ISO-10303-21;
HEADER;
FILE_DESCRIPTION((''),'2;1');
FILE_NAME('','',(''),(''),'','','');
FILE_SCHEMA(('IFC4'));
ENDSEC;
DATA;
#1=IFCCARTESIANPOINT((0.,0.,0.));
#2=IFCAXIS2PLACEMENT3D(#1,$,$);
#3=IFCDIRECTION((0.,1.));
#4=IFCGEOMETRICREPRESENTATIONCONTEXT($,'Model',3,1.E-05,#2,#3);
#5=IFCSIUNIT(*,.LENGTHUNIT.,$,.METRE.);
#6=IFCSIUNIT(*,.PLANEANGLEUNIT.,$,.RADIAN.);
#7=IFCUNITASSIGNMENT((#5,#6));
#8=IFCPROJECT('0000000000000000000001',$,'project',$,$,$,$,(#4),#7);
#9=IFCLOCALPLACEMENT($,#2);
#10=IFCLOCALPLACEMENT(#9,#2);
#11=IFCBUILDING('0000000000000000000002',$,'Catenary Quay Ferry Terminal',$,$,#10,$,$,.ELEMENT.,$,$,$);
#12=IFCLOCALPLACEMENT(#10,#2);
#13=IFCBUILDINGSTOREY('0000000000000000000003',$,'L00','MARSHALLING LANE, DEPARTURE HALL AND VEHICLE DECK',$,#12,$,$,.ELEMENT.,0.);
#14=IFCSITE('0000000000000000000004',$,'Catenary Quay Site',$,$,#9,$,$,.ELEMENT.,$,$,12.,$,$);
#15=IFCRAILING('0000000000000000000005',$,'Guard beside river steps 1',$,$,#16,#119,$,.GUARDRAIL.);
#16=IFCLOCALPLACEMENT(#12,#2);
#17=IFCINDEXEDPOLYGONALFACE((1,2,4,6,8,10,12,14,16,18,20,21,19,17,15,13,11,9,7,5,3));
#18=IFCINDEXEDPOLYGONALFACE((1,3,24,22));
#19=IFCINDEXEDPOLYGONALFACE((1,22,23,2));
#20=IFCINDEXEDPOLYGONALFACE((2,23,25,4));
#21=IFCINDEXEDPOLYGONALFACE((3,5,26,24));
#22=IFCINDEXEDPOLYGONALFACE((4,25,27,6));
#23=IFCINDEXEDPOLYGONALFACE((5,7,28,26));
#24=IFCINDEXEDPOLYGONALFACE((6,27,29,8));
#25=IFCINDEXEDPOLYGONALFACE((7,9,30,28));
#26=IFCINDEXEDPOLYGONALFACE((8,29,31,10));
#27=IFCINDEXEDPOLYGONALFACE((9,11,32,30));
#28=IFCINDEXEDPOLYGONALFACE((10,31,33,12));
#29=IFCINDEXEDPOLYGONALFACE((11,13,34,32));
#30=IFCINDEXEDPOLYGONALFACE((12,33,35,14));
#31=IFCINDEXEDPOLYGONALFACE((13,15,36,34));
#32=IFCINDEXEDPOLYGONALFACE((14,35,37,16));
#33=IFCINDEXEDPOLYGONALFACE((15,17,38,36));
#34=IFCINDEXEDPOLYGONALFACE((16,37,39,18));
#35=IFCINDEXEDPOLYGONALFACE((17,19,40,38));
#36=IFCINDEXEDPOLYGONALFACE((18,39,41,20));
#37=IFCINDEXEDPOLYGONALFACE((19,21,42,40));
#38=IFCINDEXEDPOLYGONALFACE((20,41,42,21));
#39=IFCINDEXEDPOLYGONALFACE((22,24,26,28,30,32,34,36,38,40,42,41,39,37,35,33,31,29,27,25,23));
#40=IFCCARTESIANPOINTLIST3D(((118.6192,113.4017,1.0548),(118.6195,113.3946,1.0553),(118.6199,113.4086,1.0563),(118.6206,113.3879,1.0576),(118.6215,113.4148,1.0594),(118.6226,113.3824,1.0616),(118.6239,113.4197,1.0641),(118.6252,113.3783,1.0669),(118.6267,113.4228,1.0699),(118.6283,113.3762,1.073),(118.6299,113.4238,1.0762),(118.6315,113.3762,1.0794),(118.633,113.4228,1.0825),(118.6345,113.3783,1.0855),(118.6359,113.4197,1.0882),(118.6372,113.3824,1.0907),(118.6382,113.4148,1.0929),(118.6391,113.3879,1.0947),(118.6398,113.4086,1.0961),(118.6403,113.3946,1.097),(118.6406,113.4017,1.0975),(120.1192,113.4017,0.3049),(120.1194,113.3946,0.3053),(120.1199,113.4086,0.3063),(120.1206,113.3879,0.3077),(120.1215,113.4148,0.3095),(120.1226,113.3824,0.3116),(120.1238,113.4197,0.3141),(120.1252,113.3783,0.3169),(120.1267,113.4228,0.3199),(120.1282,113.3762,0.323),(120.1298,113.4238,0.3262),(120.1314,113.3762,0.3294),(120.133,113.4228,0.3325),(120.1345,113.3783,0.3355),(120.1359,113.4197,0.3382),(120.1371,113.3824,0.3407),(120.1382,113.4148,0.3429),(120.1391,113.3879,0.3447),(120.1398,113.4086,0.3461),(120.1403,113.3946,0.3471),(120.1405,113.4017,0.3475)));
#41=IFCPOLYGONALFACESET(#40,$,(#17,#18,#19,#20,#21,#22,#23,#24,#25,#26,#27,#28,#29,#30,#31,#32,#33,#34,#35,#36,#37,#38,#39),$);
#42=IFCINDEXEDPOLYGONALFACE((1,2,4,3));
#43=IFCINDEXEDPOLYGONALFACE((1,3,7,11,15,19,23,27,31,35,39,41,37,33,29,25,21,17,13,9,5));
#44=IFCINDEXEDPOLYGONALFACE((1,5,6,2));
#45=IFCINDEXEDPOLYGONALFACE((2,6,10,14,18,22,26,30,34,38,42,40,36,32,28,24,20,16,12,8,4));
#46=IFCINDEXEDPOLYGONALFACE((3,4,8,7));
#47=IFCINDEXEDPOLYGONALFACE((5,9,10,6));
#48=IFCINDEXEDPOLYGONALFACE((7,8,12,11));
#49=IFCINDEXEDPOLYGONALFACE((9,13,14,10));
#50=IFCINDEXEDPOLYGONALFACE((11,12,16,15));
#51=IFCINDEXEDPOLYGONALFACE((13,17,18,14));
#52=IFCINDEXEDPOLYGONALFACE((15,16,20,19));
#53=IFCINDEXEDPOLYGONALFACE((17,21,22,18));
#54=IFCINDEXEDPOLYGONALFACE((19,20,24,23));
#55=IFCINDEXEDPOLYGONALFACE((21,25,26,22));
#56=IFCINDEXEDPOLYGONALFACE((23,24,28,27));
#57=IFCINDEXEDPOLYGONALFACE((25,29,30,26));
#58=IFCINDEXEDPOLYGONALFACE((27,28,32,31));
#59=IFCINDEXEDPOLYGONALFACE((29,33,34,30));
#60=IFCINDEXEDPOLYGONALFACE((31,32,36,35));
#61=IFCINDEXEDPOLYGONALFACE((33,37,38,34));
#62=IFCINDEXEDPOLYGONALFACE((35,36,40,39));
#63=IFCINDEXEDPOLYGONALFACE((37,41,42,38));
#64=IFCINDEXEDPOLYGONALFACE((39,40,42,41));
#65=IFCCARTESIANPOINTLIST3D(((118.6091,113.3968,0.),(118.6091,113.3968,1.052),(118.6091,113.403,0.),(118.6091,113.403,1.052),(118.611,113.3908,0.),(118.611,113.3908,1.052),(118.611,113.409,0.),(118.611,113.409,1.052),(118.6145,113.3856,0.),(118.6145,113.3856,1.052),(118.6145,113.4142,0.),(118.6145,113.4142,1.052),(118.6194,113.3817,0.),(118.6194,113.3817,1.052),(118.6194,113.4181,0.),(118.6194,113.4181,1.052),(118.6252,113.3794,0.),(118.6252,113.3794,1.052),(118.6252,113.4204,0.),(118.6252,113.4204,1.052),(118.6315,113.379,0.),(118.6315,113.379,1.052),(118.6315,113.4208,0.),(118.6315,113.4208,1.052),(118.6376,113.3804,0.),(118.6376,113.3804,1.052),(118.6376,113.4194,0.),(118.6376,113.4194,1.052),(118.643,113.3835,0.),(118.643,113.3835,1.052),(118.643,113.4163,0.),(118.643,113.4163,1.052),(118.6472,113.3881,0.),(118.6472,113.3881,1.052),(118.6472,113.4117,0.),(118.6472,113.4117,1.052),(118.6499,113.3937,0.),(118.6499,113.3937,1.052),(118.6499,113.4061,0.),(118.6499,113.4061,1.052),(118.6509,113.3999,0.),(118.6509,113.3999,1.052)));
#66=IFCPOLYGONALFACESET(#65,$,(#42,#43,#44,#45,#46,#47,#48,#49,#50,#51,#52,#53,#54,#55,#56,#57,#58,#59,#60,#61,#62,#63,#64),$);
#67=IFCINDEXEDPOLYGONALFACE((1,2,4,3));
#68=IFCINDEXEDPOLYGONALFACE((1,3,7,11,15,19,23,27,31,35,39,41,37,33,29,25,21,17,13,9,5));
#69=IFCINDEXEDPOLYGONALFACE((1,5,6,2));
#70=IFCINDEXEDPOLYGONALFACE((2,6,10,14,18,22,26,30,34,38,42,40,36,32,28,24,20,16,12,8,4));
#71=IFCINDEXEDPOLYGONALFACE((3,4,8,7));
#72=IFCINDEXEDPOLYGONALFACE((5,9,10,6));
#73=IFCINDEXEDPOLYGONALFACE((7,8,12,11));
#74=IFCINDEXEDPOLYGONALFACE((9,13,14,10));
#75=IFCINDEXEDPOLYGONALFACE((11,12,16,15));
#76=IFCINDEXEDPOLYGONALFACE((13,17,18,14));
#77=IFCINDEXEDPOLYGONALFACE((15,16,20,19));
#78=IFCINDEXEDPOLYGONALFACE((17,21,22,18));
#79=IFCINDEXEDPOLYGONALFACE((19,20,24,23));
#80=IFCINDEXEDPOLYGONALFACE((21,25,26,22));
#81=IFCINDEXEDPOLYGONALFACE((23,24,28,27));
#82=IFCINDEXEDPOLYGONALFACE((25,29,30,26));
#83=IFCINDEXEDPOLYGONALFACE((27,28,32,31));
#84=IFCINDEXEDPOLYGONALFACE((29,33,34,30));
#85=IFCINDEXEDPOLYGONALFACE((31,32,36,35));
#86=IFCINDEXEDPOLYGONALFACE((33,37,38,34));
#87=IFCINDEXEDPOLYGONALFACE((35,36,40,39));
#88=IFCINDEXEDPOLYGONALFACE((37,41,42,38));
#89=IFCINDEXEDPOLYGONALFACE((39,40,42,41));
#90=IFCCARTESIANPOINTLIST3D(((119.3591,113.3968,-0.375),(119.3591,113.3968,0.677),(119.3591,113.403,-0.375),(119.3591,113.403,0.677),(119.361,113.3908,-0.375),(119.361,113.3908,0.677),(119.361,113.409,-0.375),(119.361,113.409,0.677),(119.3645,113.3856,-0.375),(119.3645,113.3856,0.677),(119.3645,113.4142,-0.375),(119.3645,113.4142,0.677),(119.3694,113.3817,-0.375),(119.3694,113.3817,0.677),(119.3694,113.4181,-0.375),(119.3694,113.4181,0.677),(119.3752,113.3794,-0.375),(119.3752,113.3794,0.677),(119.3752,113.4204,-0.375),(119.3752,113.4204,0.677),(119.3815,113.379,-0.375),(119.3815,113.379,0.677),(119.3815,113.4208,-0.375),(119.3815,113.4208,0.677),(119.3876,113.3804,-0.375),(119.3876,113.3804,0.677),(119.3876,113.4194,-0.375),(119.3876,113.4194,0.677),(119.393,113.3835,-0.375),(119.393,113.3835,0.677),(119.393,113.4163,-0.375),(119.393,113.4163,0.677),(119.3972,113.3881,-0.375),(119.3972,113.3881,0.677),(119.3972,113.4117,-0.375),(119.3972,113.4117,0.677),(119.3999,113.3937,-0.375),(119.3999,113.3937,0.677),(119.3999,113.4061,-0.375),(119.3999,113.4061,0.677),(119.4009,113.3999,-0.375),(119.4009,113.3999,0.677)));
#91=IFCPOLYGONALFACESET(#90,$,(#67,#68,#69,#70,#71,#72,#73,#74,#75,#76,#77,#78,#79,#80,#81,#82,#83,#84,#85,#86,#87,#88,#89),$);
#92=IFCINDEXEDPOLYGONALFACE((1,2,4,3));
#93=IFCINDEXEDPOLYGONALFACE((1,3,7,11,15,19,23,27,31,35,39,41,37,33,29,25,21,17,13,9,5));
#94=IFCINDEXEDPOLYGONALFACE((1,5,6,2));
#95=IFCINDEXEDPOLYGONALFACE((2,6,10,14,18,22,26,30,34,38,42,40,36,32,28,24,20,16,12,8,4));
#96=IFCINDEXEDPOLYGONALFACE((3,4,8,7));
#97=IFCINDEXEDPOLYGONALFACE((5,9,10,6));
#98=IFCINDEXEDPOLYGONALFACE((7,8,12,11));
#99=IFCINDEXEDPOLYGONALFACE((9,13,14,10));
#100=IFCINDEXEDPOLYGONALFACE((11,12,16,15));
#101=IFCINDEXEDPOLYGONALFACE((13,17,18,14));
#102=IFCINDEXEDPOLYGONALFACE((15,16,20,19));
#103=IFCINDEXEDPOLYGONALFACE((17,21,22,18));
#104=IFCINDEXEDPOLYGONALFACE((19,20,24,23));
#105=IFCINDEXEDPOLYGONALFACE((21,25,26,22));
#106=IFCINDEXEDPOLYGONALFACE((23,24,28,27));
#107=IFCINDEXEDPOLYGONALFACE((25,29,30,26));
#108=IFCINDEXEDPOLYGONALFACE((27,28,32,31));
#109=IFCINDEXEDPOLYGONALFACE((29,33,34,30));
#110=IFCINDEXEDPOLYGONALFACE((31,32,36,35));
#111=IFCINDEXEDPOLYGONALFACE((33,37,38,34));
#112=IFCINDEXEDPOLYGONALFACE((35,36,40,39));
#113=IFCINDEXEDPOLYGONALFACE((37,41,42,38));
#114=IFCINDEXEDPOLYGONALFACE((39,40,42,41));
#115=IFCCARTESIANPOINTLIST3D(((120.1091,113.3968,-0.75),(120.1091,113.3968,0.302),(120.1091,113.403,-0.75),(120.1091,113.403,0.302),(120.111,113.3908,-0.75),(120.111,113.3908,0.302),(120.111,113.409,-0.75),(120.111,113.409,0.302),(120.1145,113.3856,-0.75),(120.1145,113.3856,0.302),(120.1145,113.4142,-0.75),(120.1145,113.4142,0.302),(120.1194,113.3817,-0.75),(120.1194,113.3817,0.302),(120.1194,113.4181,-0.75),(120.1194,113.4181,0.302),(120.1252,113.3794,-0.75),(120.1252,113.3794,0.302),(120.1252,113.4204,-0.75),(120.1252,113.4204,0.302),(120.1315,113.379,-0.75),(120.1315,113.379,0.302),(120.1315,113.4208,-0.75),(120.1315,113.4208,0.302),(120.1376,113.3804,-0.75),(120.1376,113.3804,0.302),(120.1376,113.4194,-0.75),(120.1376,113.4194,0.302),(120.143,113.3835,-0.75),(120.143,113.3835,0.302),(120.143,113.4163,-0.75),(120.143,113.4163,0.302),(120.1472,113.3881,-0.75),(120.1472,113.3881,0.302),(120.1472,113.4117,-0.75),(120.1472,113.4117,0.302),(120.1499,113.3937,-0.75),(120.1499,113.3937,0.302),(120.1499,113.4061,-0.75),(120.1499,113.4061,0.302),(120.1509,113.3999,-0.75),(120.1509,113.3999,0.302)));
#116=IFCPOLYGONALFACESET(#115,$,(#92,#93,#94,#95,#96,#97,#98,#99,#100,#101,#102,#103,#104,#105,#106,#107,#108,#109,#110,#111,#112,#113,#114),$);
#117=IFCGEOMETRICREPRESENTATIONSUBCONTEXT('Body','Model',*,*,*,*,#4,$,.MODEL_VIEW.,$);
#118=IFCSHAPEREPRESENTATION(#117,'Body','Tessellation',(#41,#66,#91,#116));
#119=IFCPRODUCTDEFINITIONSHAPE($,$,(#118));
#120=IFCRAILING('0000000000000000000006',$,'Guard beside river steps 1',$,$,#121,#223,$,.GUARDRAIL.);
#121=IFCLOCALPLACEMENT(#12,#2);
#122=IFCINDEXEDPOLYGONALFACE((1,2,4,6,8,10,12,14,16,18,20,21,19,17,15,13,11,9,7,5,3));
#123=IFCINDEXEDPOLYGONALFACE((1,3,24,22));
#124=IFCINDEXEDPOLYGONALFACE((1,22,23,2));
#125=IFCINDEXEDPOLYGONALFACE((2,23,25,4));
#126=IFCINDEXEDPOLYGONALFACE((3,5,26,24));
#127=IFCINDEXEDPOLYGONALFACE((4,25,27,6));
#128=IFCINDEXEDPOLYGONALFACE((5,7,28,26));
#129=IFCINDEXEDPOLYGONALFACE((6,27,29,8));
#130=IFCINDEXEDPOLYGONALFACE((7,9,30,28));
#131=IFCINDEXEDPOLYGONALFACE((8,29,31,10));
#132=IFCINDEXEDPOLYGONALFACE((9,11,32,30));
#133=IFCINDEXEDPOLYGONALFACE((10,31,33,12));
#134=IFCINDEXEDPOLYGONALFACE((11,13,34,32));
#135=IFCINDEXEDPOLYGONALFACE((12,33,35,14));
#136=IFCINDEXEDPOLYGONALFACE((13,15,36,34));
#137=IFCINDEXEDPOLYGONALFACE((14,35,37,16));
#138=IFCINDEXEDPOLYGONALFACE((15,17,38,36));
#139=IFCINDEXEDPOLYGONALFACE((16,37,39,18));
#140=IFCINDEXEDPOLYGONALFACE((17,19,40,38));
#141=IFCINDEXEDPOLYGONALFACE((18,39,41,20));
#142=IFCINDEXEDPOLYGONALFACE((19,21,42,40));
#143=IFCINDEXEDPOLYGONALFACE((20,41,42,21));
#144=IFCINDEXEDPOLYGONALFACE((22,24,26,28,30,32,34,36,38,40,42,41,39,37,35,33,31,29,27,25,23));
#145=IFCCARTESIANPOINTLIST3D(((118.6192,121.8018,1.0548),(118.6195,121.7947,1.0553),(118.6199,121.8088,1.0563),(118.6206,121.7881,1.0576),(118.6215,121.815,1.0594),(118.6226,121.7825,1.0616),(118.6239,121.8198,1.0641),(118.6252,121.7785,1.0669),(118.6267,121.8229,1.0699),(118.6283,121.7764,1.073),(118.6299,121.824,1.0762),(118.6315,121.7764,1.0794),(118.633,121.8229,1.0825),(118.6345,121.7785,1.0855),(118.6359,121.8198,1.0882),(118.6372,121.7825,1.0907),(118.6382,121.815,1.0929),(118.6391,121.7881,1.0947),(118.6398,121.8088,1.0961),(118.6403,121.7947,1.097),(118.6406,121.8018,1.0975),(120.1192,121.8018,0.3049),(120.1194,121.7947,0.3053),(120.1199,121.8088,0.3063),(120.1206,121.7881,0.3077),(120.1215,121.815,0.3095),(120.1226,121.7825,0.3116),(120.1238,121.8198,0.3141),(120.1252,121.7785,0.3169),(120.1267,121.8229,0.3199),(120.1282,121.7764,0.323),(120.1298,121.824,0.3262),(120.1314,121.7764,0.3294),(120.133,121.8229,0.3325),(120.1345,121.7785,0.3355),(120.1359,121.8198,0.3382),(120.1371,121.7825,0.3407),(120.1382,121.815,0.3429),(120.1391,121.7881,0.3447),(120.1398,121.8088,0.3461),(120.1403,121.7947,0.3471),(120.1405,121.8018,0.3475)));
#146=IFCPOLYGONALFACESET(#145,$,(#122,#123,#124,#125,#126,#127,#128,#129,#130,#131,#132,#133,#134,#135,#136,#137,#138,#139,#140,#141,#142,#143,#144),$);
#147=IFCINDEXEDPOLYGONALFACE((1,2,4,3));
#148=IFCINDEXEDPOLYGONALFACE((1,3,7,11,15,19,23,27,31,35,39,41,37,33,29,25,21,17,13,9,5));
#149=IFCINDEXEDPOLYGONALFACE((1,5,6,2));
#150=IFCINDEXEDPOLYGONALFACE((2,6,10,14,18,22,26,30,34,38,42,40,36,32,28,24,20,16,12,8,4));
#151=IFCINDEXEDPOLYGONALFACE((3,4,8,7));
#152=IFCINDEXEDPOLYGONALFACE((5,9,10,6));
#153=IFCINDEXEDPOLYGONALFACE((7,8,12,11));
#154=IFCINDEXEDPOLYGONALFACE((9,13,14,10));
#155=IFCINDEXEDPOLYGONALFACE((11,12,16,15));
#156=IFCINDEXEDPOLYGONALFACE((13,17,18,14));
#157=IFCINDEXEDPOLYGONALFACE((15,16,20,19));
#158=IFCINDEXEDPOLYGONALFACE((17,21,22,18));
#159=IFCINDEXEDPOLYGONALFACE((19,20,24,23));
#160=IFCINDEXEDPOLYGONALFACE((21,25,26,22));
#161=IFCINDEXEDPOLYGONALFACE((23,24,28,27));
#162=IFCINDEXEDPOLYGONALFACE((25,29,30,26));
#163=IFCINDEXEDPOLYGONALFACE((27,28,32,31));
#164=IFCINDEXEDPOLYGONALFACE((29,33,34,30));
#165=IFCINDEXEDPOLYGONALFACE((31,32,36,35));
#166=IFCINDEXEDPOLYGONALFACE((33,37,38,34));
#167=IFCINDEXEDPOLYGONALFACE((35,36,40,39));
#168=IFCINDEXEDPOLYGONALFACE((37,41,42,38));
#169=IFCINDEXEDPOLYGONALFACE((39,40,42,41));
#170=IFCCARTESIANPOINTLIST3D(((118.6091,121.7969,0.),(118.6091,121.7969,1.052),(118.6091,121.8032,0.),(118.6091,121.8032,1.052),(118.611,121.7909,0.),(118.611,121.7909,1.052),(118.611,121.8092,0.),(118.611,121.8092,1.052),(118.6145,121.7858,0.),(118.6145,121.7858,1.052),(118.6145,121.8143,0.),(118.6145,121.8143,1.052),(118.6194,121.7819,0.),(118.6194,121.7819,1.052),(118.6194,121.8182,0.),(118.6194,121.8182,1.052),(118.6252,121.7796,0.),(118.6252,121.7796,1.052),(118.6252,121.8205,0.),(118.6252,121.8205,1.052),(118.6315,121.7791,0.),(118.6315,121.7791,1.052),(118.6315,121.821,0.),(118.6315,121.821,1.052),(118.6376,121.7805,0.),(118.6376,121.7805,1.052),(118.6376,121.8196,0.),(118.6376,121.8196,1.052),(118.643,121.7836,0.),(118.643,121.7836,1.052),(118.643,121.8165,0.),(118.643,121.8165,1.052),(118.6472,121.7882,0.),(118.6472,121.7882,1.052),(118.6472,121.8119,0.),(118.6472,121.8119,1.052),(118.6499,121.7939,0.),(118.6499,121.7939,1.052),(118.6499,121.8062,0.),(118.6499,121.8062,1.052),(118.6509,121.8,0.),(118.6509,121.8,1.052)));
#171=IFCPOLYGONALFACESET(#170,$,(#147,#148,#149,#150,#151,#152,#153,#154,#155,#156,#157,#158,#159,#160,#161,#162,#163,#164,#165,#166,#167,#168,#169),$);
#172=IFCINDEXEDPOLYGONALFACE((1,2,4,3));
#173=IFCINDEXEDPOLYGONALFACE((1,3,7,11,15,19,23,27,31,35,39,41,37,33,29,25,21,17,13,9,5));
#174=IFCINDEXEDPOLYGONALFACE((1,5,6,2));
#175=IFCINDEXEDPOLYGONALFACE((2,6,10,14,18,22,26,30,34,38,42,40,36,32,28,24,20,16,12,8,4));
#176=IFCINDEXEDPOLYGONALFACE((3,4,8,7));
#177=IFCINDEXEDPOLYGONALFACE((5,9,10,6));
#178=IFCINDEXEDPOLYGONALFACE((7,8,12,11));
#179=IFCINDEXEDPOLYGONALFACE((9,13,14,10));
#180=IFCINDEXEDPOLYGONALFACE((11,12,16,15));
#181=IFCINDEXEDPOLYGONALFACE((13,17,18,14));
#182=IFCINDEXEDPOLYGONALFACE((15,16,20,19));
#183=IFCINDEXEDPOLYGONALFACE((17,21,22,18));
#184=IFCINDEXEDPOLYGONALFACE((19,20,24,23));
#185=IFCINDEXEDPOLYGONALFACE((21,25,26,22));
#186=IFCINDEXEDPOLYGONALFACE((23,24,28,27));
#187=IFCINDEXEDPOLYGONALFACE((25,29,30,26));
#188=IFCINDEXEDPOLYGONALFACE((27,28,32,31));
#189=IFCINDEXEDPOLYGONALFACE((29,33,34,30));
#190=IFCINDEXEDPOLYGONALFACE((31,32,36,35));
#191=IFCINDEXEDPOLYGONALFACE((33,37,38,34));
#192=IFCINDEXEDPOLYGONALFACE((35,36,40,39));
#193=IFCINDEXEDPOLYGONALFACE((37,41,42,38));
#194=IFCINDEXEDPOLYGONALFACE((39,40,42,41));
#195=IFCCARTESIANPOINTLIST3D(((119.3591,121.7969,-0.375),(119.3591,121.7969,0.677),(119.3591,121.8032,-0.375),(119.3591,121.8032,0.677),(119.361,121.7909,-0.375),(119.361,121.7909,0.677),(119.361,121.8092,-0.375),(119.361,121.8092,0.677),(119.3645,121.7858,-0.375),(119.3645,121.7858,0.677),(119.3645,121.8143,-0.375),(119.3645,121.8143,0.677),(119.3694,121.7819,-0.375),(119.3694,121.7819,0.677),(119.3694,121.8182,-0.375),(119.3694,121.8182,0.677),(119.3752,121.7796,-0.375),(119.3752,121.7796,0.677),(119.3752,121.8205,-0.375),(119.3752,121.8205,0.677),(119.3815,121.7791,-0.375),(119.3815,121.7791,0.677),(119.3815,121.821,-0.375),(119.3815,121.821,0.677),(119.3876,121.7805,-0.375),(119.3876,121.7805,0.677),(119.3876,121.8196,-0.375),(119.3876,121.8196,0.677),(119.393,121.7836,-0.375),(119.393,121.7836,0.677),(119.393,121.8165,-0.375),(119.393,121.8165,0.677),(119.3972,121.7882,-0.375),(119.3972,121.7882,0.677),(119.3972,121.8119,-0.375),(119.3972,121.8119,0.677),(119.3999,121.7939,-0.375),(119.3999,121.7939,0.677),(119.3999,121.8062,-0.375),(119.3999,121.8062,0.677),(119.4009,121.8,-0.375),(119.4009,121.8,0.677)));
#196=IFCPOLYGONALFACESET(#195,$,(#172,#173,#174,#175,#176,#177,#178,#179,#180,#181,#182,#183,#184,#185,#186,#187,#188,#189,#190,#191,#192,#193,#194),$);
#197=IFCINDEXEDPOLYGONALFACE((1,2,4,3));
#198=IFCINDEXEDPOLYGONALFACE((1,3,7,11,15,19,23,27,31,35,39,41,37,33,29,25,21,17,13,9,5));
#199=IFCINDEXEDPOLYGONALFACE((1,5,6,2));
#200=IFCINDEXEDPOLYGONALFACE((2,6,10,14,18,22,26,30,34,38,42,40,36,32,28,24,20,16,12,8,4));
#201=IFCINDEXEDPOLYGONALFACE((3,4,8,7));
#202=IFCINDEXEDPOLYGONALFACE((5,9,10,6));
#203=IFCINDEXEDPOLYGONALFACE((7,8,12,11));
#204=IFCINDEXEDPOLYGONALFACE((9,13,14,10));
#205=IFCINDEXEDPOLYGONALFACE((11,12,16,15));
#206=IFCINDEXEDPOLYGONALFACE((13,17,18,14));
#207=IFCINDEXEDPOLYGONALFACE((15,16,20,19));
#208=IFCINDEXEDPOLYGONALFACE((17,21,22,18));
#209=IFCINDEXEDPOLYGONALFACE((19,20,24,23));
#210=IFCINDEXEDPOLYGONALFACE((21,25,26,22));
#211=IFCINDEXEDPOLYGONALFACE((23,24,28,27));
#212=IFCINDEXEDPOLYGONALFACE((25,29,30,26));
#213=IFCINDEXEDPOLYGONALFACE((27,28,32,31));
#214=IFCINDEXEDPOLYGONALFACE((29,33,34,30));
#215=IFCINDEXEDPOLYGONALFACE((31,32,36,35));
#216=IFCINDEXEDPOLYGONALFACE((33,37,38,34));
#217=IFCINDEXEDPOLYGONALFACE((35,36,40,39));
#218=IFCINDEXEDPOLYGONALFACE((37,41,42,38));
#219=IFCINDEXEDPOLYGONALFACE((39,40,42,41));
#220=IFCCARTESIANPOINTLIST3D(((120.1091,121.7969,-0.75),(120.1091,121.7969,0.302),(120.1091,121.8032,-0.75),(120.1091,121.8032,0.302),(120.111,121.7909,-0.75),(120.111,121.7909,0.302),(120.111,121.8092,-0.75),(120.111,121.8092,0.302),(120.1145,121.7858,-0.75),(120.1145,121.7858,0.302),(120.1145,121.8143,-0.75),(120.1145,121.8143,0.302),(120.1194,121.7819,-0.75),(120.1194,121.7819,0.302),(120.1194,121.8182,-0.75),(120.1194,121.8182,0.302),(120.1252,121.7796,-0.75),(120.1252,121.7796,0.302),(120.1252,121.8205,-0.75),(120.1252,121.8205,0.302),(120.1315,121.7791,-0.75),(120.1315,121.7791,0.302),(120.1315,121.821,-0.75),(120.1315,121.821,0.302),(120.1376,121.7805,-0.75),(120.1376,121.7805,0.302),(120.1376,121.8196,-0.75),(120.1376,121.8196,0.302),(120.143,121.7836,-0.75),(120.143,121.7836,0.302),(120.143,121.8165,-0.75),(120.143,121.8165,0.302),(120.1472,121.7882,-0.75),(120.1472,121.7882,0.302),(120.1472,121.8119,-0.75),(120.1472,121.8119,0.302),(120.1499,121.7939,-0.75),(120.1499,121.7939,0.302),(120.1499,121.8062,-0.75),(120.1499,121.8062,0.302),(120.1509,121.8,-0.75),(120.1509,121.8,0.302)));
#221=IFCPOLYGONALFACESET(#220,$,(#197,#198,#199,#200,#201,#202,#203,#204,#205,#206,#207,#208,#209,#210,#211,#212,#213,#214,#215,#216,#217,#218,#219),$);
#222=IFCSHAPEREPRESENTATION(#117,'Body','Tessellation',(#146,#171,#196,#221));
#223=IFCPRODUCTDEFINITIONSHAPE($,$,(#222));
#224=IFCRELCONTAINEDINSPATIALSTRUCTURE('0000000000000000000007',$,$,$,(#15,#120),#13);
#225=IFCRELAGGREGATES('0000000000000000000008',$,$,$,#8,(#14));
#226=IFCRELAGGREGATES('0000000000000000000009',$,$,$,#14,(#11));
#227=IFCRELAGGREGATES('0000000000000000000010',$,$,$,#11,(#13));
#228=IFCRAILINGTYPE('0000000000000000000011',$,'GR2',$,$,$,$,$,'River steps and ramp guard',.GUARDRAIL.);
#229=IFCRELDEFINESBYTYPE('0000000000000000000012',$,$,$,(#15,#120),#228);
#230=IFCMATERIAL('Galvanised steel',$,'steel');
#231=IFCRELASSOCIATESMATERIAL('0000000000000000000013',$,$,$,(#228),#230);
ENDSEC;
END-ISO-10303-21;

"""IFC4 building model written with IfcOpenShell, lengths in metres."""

from ifc_helpers import new_model, si_unit, direction, frame, origin, origin_2d, place, context, subcontext, project, spatial, circle, extrude, material, type_object, element, save


model = new_model("IFC4")

# Units and contexts
model_context = context("Model", 3, precision=1e-05, world=origin(), true_north=direction((0.0, 1.0)))
body_context = subcontext(model_context, "Body", "Model", "MODEL_VIEW")
ifc_project = project(units=[si_unit("LENGTHUNIT", "METRE"), si_unit("PLANEANGLEUNIT", "RADIAN")], contexts=[model_context])

# Site, building, storey
site_placement = place(None, origin())
site = spatial("IfcSite", under=ifc_project, at=site_placement, Name="Catenary Quay Site", CompositionType="ELEMENT", RefElevation=12.0)
building_placement = place(site_placement, origin())
building = spatial("IfcBuilding", under=site, at=building_placement, Name="Catenary Quay Ferry Terminal", CompositionType="ELEMENT")
storey_placement = place(building_placement, origin())
storey = spatial("IfcBuildingStorey", under=building, at=storey_placement, Name="L00", Description="MARSHALLING LANE, DEPARTURE HALL AND VEHICLE DECK", CompositionType="ELEMENT", Elevation=0.0)

# Railings
ifc_material_1 = material(Name="Galvanised steel", Category="steel")
railing_type_1 = type_object("IfcRailingType", Name="GR2", ElementType="River steps and ramp guard", PredefinedType="GUARDRAIL", material=ifc_material_1)
for number, where, name in (
    (1, (118.6299, 113.3999, 0.0), "Guard beside river steps 1"),
    (2, (118.6299, 121.8, 0.0), "Guard beside river steps 1"),
):
    element("IfcRailing", number, at=place(storey_placement, frame(where)), inside=storey, type_object=railing_type_1, Name=name, PredefinedType="GUARDRAIL", context=body_context, shape_type="SweptSolid", body=[
        extrude(circle(Radius=0.0239, at=origin_2d()), frame((0.0, 0.0, 1.0762), z_axis=(0.894427, 0.0, -0.447214), x_axis=(0.0, 1.0, 0.0)), (0.0, 0.0, 1.0), 1.677),
        extrude(circle(Radius=0.021, at=origin_2d()), origin(), (0.0, 0.0, 1.0), 1.052),
        extrude(circle(Radius=0.021, at=origin_2d()), frame((0.75, 0.0, -0.375)), (0.0, 0.0, 1.0), 1.052),
        extrude(circle(Radius=0.021, at=origin_2d()), frame((1.5, 0.0, -0.75)), (0.0, 0.0, 1.0), 1.052),
    ])

save(model, "model.ifc")
